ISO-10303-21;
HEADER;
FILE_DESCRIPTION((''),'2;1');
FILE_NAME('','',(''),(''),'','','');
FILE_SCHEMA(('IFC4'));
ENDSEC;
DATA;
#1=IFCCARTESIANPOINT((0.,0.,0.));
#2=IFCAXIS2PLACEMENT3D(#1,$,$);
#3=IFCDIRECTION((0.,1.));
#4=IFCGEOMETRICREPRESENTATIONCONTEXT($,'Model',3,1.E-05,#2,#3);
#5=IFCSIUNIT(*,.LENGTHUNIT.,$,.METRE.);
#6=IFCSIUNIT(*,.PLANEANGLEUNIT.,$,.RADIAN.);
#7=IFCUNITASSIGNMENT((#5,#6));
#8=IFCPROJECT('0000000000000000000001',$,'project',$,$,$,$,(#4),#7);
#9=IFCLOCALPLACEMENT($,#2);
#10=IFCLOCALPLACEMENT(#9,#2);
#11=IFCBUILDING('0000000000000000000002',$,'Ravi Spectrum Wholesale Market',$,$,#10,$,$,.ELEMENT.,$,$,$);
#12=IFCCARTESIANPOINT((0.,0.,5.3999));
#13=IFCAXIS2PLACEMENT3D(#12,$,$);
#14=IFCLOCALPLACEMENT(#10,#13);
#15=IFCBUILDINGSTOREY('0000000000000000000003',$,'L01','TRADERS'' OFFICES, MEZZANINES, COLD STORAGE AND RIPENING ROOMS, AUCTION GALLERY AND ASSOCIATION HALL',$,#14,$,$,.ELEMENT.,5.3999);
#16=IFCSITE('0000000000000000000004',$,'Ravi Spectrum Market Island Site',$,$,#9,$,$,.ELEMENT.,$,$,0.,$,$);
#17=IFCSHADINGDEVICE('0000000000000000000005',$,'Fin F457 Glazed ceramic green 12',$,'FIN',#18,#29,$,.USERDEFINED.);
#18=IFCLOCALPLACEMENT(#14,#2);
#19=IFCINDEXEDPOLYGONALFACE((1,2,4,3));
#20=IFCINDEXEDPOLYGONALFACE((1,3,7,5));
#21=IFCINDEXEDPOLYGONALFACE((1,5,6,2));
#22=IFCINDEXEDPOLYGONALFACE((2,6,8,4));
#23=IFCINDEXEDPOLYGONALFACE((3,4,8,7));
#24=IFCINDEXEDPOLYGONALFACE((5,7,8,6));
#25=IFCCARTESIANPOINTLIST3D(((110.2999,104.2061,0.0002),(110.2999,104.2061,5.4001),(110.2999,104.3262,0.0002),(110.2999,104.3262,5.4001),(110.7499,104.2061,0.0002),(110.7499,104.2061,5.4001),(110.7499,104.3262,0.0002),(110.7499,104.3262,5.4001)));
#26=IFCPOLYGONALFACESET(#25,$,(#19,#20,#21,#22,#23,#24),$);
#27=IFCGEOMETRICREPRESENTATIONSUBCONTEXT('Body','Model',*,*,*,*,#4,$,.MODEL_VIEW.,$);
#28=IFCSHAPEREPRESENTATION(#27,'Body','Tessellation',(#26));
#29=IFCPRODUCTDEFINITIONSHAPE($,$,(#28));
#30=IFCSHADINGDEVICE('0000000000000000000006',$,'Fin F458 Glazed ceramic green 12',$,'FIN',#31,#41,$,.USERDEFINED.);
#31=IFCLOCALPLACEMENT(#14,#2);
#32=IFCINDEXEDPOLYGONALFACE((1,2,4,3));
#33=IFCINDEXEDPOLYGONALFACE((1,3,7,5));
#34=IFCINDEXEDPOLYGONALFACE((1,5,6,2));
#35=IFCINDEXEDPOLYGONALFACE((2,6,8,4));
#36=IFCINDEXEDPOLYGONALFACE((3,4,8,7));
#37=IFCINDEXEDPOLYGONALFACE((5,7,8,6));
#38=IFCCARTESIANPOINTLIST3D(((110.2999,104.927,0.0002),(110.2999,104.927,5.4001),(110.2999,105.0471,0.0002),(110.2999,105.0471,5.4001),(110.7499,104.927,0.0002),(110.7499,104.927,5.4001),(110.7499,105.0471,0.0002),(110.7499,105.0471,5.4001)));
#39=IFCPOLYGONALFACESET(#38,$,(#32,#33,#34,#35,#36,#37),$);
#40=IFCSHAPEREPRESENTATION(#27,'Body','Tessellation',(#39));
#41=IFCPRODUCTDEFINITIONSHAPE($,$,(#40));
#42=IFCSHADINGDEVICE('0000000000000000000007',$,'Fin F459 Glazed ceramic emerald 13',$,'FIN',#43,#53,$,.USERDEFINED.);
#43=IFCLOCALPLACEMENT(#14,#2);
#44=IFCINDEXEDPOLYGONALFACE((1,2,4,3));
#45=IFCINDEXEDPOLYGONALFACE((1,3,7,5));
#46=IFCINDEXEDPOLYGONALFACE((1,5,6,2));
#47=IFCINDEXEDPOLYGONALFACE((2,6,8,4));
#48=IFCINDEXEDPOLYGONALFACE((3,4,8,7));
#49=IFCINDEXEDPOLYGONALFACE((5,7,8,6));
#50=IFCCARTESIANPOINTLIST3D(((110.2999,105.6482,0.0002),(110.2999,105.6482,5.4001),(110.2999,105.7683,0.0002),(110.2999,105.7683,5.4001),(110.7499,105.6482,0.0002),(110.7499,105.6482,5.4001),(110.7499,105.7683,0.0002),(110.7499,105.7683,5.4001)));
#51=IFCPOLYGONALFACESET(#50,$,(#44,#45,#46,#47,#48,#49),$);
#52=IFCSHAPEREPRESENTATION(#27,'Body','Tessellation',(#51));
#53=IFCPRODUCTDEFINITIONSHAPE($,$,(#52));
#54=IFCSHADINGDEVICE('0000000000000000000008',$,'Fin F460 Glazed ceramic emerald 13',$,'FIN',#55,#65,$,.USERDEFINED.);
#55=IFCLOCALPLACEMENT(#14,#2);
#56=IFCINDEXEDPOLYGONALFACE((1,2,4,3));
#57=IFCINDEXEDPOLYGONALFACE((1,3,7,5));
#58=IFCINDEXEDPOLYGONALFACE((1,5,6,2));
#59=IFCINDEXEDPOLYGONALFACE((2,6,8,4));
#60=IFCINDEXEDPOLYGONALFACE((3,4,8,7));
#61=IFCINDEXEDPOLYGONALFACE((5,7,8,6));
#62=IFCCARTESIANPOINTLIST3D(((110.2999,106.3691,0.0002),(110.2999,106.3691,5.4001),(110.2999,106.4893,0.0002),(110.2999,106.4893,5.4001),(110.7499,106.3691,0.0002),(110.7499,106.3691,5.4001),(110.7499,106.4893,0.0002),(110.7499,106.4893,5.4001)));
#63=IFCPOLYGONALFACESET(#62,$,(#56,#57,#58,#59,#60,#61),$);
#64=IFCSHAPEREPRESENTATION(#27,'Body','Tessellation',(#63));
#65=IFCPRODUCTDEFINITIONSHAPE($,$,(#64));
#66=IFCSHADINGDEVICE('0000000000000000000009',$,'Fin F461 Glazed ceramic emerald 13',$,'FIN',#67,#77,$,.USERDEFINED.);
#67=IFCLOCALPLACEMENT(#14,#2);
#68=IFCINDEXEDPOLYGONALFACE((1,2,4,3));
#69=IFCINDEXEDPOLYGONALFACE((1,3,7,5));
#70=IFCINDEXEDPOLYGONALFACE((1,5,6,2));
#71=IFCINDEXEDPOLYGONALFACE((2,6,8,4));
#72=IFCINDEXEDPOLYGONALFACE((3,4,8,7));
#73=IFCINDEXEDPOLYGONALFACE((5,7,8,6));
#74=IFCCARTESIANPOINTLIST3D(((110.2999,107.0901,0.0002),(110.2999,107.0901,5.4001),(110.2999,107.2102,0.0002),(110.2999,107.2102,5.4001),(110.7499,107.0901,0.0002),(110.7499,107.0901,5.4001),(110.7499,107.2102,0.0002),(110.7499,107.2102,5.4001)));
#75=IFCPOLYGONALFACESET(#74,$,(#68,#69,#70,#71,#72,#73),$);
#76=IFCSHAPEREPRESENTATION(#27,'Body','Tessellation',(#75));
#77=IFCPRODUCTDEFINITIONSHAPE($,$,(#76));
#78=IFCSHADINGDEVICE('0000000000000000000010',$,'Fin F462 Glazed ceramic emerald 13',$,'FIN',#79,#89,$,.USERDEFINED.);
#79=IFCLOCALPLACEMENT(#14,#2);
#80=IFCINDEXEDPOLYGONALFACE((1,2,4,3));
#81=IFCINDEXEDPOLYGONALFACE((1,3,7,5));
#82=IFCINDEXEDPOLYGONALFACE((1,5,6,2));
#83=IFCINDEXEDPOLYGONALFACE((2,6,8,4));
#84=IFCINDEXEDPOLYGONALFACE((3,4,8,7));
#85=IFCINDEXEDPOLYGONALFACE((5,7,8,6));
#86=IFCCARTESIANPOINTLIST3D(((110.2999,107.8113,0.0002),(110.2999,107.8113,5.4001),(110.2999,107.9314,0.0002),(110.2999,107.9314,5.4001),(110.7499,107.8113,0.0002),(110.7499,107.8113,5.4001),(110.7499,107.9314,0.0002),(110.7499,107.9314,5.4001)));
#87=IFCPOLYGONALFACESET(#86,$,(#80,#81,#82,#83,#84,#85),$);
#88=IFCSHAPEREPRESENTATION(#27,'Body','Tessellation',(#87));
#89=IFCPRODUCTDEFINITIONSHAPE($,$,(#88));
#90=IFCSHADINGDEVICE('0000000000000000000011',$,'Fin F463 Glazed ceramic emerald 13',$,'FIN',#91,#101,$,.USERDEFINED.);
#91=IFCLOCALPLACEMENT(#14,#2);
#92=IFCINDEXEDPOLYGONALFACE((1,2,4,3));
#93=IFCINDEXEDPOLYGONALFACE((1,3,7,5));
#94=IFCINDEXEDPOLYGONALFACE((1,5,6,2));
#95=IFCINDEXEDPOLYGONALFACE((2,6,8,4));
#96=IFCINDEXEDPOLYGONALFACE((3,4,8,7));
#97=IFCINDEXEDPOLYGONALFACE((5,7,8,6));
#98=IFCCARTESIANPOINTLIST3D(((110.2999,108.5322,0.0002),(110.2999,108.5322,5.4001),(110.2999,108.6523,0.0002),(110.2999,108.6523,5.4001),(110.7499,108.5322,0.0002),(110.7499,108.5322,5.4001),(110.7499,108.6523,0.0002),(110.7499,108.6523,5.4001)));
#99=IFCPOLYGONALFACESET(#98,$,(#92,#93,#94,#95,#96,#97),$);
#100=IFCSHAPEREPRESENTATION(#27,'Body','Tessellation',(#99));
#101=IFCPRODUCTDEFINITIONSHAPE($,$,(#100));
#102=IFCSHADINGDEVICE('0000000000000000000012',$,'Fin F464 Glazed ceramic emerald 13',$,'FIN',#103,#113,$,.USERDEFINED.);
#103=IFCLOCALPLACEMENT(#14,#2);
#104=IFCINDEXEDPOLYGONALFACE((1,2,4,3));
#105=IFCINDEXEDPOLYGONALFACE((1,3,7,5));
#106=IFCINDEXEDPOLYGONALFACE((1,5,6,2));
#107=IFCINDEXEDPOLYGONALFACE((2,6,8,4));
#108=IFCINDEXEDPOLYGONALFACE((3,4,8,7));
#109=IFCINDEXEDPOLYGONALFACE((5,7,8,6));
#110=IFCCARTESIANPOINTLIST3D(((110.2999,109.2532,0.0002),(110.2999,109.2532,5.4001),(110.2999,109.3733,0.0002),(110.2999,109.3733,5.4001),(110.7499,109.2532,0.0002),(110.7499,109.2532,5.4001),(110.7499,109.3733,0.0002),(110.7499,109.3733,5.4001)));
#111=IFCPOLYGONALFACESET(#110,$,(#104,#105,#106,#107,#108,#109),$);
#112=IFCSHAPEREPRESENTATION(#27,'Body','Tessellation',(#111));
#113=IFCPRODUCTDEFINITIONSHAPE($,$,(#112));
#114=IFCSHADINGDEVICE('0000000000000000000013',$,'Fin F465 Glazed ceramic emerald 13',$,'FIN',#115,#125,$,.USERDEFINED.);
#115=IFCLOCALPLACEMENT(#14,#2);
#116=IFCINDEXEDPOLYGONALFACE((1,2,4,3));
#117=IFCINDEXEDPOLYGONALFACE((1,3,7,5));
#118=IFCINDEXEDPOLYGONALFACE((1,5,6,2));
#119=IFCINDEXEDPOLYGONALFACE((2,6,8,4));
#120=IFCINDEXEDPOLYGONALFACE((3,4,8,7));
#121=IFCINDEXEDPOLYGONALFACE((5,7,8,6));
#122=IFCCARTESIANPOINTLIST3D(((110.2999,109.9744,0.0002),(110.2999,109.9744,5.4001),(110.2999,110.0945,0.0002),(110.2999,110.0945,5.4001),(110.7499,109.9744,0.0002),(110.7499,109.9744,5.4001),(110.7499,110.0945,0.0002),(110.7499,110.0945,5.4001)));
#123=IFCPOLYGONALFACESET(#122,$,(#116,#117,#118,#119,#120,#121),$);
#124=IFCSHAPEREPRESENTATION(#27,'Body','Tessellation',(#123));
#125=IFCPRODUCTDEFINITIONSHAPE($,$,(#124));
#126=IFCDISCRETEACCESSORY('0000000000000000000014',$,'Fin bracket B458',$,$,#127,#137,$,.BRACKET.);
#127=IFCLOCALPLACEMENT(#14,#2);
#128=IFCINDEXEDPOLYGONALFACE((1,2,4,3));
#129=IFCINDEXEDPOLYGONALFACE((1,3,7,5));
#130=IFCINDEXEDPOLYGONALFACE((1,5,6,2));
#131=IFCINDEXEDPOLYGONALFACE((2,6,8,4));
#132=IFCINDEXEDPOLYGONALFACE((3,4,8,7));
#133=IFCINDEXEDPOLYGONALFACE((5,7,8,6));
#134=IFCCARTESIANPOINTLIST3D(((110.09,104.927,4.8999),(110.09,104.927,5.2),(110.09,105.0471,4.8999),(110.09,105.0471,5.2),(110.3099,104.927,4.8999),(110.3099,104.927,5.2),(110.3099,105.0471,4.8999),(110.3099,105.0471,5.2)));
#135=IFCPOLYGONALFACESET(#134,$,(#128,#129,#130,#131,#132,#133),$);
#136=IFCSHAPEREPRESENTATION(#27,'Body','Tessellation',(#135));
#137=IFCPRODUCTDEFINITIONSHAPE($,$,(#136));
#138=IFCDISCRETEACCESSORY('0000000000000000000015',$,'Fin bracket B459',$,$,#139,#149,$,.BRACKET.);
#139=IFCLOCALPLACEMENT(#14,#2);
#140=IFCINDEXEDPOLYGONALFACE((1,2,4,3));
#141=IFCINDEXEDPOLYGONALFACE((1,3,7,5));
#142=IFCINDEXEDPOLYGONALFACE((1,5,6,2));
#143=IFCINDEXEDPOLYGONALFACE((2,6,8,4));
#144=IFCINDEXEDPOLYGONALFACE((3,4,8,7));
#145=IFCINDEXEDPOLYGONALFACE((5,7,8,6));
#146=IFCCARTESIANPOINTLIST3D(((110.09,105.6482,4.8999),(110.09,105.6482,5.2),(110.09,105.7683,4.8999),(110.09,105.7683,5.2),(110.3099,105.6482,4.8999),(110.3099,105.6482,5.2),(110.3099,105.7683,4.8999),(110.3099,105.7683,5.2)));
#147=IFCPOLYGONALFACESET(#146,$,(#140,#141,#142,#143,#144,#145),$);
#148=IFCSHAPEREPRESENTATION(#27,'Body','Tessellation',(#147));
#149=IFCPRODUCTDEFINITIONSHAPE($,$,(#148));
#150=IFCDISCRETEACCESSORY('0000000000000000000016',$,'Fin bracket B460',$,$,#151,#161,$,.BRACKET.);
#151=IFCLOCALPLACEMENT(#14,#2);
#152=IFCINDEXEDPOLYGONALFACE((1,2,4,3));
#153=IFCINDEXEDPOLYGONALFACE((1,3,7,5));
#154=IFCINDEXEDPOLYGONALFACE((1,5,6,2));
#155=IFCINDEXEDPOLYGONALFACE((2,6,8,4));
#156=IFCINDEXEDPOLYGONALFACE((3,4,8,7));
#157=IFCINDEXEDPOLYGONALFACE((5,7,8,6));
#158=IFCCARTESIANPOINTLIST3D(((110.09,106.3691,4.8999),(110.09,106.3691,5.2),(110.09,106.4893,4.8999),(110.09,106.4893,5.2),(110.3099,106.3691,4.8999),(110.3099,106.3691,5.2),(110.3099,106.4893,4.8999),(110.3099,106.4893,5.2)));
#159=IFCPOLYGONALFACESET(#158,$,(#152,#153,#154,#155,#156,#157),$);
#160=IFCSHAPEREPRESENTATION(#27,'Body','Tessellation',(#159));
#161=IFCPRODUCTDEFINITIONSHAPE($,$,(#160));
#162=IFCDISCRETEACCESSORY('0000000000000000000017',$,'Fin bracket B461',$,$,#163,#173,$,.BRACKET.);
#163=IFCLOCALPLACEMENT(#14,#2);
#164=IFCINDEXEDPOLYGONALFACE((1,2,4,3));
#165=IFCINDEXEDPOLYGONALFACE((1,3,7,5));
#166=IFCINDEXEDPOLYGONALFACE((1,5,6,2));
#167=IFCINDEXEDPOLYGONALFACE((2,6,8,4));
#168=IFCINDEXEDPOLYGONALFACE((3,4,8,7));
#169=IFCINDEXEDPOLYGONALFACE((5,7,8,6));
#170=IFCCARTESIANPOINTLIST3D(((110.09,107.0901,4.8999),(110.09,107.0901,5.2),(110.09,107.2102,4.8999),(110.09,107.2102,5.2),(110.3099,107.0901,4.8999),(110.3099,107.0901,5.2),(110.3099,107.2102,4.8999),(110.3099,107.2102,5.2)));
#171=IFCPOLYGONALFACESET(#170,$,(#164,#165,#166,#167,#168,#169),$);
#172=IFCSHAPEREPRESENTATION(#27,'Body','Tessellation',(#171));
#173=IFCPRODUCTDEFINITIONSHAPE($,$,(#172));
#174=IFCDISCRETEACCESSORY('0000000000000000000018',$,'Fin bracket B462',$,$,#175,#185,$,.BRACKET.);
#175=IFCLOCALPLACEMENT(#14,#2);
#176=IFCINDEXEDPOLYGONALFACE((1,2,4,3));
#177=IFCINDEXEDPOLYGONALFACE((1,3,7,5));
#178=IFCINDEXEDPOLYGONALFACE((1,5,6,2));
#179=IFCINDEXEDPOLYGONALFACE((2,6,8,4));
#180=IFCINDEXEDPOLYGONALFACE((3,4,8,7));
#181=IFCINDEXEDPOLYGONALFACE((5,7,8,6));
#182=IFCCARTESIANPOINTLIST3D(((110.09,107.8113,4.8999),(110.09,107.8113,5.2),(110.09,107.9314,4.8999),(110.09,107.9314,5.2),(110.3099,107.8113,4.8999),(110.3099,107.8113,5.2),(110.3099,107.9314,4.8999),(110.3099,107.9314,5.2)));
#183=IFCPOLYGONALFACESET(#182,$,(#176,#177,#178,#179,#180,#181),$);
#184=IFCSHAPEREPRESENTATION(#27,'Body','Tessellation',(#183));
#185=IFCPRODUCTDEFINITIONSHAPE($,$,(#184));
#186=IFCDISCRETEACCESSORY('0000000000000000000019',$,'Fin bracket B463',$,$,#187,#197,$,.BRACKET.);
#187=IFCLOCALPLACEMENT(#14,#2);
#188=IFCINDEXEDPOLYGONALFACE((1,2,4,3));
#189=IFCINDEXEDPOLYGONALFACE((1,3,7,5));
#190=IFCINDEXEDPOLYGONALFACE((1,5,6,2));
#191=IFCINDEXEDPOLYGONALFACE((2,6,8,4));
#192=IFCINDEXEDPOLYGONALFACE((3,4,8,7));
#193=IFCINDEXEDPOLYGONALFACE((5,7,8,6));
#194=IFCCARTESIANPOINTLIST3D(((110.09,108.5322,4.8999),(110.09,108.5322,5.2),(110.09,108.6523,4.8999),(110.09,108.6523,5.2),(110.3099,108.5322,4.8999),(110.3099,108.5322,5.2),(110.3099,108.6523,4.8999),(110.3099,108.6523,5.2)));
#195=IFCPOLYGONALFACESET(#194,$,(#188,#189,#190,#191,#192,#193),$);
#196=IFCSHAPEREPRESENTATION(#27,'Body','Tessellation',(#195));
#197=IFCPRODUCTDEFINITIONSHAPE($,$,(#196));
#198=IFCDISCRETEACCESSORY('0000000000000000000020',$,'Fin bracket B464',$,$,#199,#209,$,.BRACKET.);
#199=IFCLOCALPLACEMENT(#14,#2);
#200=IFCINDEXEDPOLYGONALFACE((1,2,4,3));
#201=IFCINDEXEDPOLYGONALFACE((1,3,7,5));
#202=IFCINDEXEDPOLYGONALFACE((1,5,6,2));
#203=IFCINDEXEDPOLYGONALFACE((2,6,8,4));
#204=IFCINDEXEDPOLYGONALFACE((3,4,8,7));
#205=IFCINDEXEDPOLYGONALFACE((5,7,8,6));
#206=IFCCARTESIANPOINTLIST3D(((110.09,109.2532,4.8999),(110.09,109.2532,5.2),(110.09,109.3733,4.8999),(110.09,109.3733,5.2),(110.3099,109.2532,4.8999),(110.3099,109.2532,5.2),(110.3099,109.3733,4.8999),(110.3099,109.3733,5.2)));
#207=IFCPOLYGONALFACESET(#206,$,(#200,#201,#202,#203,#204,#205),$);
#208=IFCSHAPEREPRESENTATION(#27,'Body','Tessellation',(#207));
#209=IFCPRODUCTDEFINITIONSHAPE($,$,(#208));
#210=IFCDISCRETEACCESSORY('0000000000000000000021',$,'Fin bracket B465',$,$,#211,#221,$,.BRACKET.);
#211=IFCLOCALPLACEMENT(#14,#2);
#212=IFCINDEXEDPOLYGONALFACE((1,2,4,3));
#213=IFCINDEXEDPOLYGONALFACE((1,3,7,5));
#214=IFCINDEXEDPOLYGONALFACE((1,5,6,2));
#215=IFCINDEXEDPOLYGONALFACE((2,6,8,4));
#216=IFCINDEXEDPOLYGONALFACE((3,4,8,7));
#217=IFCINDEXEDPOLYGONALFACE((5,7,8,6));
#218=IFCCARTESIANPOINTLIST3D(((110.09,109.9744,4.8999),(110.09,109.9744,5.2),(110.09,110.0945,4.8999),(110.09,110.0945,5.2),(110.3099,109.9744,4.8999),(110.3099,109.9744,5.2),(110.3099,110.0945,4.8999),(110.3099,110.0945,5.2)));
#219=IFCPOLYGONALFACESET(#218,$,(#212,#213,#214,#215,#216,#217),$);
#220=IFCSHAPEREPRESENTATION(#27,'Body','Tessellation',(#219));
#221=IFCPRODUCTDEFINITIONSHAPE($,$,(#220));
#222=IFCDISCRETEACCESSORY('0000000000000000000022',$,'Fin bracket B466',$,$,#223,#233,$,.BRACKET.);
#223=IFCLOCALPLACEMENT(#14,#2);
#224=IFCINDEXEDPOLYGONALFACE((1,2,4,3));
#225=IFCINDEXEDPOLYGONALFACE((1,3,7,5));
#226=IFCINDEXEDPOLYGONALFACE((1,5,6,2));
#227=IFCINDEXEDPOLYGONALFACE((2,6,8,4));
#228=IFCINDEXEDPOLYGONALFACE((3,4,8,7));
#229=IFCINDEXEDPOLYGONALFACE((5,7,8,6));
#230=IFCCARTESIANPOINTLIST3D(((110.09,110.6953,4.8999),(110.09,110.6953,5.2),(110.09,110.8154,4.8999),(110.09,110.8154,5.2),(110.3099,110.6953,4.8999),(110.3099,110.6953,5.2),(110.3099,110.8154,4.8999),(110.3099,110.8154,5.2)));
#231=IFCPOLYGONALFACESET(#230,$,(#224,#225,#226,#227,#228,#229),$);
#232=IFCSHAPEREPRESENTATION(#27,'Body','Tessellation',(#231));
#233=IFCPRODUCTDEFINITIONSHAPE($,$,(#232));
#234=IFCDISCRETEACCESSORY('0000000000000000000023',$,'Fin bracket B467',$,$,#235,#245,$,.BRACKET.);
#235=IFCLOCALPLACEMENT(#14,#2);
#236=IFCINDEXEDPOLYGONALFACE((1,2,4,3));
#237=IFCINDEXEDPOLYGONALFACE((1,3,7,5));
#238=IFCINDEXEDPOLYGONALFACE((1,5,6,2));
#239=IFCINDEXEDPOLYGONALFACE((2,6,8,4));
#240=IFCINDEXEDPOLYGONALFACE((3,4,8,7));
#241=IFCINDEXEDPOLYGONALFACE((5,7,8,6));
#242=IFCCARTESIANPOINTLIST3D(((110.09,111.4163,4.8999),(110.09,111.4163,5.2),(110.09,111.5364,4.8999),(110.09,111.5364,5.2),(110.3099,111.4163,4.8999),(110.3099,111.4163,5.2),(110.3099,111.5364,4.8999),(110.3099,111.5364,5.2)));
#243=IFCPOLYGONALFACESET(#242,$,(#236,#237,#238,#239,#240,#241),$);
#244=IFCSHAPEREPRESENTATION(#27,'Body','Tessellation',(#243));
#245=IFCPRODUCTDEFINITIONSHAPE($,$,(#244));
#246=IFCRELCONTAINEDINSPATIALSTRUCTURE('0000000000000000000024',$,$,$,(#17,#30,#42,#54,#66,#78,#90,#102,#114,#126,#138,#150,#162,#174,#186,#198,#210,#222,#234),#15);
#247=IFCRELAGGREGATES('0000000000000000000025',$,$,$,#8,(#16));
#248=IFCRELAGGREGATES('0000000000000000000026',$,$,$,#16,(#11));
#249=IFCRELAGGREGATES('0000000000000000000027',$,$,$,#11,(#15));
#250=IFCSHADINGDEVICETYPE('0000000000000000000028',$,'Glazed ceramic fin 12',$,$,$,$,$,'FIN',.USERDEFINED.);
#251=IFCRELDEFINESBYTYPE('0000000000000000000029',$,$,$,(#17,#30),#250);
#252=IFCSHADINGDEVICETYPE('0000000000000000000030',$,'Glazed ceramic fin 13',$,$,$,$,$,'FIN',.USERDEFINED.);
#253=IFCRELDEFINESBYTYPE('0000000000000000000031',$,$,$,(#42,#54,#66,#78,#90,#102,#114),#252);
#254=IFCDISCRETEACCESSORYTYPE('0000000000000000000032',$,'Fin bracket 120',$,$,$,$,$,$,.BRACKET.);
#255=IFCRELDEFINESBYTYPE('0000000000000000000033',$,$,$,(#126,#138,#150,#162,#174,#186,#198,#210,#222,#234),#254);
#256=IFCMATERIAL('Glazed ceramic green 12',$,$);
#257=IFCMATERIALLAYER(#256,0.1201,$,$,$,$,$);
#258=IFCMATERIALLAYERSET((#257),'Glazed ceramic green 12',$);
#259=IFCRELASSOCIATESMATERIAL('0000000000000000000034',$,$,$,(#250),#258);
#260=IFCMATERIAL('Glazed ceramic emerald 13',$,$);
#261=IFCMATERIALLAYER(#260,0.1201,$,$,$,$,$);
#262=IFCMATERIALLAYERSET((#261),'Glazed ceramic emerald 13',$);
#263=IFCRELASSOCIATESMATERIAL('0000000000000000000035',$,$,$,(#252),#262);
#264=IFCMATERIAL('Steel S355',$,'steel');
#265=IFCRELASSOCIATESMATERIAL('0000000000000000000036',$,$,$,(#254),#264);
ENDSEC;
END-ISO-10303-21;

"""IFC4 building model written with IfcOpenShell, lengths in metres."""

from ifc_helpers import new_model, si_unit, direction, frame, origin, origin_2d, place, context, subcontext, project, spatial, rectangle, extrude, material, layer, layer_set, type_object, element, save


model = new_model("IFC4")

# Units and contexts
model_context = context("Model", 3, precision=1e-05, world=origin(), true_north=direction((0.0, 1.0)))
body_context = subcontext(model_context, "Body", "Model", "MODEL_VIEW")
ifc_project = project(units=[si_unit("LENGTHUNIT", "METRE"), si_unit("PLANEANGLEUNIT", "RADIAN")], contexts=[model_context])

# Site, building, storey
site_placement = place(None, origin())
site = spatial("IfcSite", under=ifc_project, at=site_placement, Name="Ravi Spectrum Market Island Site", CompositionType="ELEMENT", RefElevation=0.0)
building_placement = place(site_placement, origin())
building = spatial("IfcBuilding", under=site, at=building_placement, Name="Ravi Spectrum Wholesale Market", CompositionType="ELEMENT")
storey_placement = place(building_placement, frame((0.0, 0.0, 5.3999)))
storey = spatial("IfcBuildingStorey", under=building, at=storey_placement, Name="L01", Description="TRADERS' OFFICES, MEZZANINES, COLD STORAGE AND RIPENING ROOMS, AUCTION GALLERY AND ASSOCIATION HALL", CompositionType="ELEMENT", Elevation=5.3999)

# Shading devices
ifc_material_1 = material(Name="Glazed ceramic green 12")
ifc_layer_1 = layer(ifc_material_1, 0.1201)
ifc_layer_set_1 = layer_set([ifc_layer_1], Name="Glazed ceramic green 12")
shading_device_type_1 = type_object("IfcShadingDeviceType", Name="Glazed ceramic fin 12", ElementType="FIN", PredefinedType="USERDEFINED", material=ifc_layer_set_1)
for number, where, z_axis, x_axis, name in (
    (1, (110.5249, 104.2661, 0.0002), (0.0, 0.0, 1.0), (0.0, 1.0, 0.0), "Fin F457 Glazed ceramic green 12"),
    (2, (110.5249, 104.9871, 0.0002), (0.0, 0.0, 1.0), (0.0, 1.0, 0.0), "Fin F458 Glazed ceramic green 12"),
):
    element("IfcShadingDevice", number, at=place(storey_placement, frame(where, z_axis=z_axis, x_axis=x_axis)), inside=storey, type_object=shading_device_type_1, Name=name, ObjectType="FIN", PredefinedType="USERDEFINED", context=body_context, shape_type="SweptSolid", body=[
        extrude(rectangle(XDim=0.1201, YDim=0.45, at=origin_2d()), origin(), (0.0, 0.0, 1.0), 5.3999),
    ])
ifc_material_2 = material(Name="Glazed ceramic emerald 13")
ifc_layer_2 = layer(ifc_material_2, 0.1201)
ifc_layer_set_2 = layer_set([ifc_layer_2], Name="Glazed ceramic emerald 13")
shading_device_type_2 = type_object("IfcShadingDeviceType", Name="Glazed ceramic fin 13", ElementType="FIN", PredefinedType="USERDEFINED", material=ifc_layer_set_2)
for number, where, z_axis, x_axis, name in (
    (3, (110.5249, 105.7083, 0.0002), (0.0, 0.0, 1.0), (0.0, 1.0, 0.0), "Fin F459 Glazed ceramic emerald 13"),
    (4, (110.5249, 106.4292, 0.0002), (0.0, 0.0, 1.0), (0.0, 1.0, 0.0), "Fin F460 Glazed ceramic emerald 13"),
    (5, (110.5249, 107.1501, 0.0002), (0.0, 0.0, 1.0), (0.0, 1.0, 0.0), "Fin F461 Glazed ceramic emerald 13"),
    (6, (110.5249, 107.8713, 0.0002), (0.0, 0.0, 1.0), (0.0, 1.0, 0.0), "Fin F462 Glazed ceramic emerald 13"),
    (7, (110.5249, 108.5923, 0.0002), (0.0, 0.0, 1.0), (0.0, 1.0, 0.0), "Fin F463 Glazed ceramic emerald 13"),
    (8, (110.5249, 109.3132, 0.0002), (0.0, 0.0, 1.0), (0.0, 1.0, 0.0), "Fin F464 Glazed ceramic emerald 13"),
    (9, (110.5249, 110.0344, 0.0002), (0.0, 0.0, 1.0), (0.0, 1.0, 0.0), "Fin F465 Glazed ceramic emerald 13"),
):
    element("IfcShadingDevice", number, at=place(storey_placement, frame(where, z_axis=z_axis, x_axis=x_axis)), inside=storey, type_object=shading_device_type_2, Name=name, ObjectType="FIN", PredefinedType="USERDEFINED", context=body_context, shape_type="SweptSolid", body=[
        extrude(rectangle(XDim=0.1201, YDim=0.45, at=origin_2d()), origin(), (0.0, 0.0, 1.0), 5.3999),
    ])

# Discrete accessories
ifc_material_3 = material(Name="Steel S355", Category="steel")
discrete_accessory_type_1 = type_object("IfcDiscreteAccessoryType", Name="Fin bracket 120", PredefinedType="BRACKET", material=ifc_material_3)
for number, where, z_axis, x_axis, name in (
    (10, (110.2, 104.9871, 4.8999), (0.0, 0.0, 1.0), (0.0, 1.0, 0.0), "Fin bracket B458"),
    (11, (110.2, 105.7083, 4.8999), (0.0, 0.0, 1.0), (0.0, 1.0, 0.0), "Fin bracket B459"),
    (12, (110.2, 106.4292, 4.8999), (0.0, 0.0, 1.0), (0.0, 1.0, 0.0), "Fin bracket B460"),
    (13, (110.2, 107.1501, 4.8999), (0.0, 0.0, 1.0), (0.0, 1.0, 0.0), "Fin bracket B461"),
    (14, (110.2, 107.8713, 4.8999), (0.0, 0.0, 1.0), (0.0, 1.0, 0.0), "Fin bracket B462"),
    (15, (110.2, 108.5923, 4.8999), (0.0, 0.0, 1.0), (0.0, 1.0, 0.0), "Fin bracket B463"),
    (16, (110.2, 109.3132, 4.8999), (0.0, 0.0, 1.0), (0.0, 1.0, 0.0), "Fin bracket B464"),
    (17, (110.2, 110.0344, 4.8999), (0.0, 0.0, 1.0), (0.0, 1.0, 0.0), "Fin bracket B465"),
    (18, (110.2, 110.7554, 4.8999), (0.0, 0.0, 1.0), (0.0, 1.0, 0.0), "Fin bracket B466"),
    (19, (110.2, 111.4763, 4.8999), (0.0, 0.0, 1.0), (0.0, 1.0, 0.0), "Fin bracket B467"),
):
    element("IfcDiscreteAccessory", number, at=place(storey_placement, frame(where, z_axis=z_axis, x_axis=x_axis)), inside=storey, type_object=discrete_accessory_type_1, Name=name, PredefinedType="BRACKET", context=body_context, shape_type="SweptSolid", body=[
        extrude(rectangle(XDim=0.1201, YDim=0.22, at=origin_2d()), origin(), (0.0, 0.0, 1.0), 0.3),
    ])

save(model, "model.ifc")
